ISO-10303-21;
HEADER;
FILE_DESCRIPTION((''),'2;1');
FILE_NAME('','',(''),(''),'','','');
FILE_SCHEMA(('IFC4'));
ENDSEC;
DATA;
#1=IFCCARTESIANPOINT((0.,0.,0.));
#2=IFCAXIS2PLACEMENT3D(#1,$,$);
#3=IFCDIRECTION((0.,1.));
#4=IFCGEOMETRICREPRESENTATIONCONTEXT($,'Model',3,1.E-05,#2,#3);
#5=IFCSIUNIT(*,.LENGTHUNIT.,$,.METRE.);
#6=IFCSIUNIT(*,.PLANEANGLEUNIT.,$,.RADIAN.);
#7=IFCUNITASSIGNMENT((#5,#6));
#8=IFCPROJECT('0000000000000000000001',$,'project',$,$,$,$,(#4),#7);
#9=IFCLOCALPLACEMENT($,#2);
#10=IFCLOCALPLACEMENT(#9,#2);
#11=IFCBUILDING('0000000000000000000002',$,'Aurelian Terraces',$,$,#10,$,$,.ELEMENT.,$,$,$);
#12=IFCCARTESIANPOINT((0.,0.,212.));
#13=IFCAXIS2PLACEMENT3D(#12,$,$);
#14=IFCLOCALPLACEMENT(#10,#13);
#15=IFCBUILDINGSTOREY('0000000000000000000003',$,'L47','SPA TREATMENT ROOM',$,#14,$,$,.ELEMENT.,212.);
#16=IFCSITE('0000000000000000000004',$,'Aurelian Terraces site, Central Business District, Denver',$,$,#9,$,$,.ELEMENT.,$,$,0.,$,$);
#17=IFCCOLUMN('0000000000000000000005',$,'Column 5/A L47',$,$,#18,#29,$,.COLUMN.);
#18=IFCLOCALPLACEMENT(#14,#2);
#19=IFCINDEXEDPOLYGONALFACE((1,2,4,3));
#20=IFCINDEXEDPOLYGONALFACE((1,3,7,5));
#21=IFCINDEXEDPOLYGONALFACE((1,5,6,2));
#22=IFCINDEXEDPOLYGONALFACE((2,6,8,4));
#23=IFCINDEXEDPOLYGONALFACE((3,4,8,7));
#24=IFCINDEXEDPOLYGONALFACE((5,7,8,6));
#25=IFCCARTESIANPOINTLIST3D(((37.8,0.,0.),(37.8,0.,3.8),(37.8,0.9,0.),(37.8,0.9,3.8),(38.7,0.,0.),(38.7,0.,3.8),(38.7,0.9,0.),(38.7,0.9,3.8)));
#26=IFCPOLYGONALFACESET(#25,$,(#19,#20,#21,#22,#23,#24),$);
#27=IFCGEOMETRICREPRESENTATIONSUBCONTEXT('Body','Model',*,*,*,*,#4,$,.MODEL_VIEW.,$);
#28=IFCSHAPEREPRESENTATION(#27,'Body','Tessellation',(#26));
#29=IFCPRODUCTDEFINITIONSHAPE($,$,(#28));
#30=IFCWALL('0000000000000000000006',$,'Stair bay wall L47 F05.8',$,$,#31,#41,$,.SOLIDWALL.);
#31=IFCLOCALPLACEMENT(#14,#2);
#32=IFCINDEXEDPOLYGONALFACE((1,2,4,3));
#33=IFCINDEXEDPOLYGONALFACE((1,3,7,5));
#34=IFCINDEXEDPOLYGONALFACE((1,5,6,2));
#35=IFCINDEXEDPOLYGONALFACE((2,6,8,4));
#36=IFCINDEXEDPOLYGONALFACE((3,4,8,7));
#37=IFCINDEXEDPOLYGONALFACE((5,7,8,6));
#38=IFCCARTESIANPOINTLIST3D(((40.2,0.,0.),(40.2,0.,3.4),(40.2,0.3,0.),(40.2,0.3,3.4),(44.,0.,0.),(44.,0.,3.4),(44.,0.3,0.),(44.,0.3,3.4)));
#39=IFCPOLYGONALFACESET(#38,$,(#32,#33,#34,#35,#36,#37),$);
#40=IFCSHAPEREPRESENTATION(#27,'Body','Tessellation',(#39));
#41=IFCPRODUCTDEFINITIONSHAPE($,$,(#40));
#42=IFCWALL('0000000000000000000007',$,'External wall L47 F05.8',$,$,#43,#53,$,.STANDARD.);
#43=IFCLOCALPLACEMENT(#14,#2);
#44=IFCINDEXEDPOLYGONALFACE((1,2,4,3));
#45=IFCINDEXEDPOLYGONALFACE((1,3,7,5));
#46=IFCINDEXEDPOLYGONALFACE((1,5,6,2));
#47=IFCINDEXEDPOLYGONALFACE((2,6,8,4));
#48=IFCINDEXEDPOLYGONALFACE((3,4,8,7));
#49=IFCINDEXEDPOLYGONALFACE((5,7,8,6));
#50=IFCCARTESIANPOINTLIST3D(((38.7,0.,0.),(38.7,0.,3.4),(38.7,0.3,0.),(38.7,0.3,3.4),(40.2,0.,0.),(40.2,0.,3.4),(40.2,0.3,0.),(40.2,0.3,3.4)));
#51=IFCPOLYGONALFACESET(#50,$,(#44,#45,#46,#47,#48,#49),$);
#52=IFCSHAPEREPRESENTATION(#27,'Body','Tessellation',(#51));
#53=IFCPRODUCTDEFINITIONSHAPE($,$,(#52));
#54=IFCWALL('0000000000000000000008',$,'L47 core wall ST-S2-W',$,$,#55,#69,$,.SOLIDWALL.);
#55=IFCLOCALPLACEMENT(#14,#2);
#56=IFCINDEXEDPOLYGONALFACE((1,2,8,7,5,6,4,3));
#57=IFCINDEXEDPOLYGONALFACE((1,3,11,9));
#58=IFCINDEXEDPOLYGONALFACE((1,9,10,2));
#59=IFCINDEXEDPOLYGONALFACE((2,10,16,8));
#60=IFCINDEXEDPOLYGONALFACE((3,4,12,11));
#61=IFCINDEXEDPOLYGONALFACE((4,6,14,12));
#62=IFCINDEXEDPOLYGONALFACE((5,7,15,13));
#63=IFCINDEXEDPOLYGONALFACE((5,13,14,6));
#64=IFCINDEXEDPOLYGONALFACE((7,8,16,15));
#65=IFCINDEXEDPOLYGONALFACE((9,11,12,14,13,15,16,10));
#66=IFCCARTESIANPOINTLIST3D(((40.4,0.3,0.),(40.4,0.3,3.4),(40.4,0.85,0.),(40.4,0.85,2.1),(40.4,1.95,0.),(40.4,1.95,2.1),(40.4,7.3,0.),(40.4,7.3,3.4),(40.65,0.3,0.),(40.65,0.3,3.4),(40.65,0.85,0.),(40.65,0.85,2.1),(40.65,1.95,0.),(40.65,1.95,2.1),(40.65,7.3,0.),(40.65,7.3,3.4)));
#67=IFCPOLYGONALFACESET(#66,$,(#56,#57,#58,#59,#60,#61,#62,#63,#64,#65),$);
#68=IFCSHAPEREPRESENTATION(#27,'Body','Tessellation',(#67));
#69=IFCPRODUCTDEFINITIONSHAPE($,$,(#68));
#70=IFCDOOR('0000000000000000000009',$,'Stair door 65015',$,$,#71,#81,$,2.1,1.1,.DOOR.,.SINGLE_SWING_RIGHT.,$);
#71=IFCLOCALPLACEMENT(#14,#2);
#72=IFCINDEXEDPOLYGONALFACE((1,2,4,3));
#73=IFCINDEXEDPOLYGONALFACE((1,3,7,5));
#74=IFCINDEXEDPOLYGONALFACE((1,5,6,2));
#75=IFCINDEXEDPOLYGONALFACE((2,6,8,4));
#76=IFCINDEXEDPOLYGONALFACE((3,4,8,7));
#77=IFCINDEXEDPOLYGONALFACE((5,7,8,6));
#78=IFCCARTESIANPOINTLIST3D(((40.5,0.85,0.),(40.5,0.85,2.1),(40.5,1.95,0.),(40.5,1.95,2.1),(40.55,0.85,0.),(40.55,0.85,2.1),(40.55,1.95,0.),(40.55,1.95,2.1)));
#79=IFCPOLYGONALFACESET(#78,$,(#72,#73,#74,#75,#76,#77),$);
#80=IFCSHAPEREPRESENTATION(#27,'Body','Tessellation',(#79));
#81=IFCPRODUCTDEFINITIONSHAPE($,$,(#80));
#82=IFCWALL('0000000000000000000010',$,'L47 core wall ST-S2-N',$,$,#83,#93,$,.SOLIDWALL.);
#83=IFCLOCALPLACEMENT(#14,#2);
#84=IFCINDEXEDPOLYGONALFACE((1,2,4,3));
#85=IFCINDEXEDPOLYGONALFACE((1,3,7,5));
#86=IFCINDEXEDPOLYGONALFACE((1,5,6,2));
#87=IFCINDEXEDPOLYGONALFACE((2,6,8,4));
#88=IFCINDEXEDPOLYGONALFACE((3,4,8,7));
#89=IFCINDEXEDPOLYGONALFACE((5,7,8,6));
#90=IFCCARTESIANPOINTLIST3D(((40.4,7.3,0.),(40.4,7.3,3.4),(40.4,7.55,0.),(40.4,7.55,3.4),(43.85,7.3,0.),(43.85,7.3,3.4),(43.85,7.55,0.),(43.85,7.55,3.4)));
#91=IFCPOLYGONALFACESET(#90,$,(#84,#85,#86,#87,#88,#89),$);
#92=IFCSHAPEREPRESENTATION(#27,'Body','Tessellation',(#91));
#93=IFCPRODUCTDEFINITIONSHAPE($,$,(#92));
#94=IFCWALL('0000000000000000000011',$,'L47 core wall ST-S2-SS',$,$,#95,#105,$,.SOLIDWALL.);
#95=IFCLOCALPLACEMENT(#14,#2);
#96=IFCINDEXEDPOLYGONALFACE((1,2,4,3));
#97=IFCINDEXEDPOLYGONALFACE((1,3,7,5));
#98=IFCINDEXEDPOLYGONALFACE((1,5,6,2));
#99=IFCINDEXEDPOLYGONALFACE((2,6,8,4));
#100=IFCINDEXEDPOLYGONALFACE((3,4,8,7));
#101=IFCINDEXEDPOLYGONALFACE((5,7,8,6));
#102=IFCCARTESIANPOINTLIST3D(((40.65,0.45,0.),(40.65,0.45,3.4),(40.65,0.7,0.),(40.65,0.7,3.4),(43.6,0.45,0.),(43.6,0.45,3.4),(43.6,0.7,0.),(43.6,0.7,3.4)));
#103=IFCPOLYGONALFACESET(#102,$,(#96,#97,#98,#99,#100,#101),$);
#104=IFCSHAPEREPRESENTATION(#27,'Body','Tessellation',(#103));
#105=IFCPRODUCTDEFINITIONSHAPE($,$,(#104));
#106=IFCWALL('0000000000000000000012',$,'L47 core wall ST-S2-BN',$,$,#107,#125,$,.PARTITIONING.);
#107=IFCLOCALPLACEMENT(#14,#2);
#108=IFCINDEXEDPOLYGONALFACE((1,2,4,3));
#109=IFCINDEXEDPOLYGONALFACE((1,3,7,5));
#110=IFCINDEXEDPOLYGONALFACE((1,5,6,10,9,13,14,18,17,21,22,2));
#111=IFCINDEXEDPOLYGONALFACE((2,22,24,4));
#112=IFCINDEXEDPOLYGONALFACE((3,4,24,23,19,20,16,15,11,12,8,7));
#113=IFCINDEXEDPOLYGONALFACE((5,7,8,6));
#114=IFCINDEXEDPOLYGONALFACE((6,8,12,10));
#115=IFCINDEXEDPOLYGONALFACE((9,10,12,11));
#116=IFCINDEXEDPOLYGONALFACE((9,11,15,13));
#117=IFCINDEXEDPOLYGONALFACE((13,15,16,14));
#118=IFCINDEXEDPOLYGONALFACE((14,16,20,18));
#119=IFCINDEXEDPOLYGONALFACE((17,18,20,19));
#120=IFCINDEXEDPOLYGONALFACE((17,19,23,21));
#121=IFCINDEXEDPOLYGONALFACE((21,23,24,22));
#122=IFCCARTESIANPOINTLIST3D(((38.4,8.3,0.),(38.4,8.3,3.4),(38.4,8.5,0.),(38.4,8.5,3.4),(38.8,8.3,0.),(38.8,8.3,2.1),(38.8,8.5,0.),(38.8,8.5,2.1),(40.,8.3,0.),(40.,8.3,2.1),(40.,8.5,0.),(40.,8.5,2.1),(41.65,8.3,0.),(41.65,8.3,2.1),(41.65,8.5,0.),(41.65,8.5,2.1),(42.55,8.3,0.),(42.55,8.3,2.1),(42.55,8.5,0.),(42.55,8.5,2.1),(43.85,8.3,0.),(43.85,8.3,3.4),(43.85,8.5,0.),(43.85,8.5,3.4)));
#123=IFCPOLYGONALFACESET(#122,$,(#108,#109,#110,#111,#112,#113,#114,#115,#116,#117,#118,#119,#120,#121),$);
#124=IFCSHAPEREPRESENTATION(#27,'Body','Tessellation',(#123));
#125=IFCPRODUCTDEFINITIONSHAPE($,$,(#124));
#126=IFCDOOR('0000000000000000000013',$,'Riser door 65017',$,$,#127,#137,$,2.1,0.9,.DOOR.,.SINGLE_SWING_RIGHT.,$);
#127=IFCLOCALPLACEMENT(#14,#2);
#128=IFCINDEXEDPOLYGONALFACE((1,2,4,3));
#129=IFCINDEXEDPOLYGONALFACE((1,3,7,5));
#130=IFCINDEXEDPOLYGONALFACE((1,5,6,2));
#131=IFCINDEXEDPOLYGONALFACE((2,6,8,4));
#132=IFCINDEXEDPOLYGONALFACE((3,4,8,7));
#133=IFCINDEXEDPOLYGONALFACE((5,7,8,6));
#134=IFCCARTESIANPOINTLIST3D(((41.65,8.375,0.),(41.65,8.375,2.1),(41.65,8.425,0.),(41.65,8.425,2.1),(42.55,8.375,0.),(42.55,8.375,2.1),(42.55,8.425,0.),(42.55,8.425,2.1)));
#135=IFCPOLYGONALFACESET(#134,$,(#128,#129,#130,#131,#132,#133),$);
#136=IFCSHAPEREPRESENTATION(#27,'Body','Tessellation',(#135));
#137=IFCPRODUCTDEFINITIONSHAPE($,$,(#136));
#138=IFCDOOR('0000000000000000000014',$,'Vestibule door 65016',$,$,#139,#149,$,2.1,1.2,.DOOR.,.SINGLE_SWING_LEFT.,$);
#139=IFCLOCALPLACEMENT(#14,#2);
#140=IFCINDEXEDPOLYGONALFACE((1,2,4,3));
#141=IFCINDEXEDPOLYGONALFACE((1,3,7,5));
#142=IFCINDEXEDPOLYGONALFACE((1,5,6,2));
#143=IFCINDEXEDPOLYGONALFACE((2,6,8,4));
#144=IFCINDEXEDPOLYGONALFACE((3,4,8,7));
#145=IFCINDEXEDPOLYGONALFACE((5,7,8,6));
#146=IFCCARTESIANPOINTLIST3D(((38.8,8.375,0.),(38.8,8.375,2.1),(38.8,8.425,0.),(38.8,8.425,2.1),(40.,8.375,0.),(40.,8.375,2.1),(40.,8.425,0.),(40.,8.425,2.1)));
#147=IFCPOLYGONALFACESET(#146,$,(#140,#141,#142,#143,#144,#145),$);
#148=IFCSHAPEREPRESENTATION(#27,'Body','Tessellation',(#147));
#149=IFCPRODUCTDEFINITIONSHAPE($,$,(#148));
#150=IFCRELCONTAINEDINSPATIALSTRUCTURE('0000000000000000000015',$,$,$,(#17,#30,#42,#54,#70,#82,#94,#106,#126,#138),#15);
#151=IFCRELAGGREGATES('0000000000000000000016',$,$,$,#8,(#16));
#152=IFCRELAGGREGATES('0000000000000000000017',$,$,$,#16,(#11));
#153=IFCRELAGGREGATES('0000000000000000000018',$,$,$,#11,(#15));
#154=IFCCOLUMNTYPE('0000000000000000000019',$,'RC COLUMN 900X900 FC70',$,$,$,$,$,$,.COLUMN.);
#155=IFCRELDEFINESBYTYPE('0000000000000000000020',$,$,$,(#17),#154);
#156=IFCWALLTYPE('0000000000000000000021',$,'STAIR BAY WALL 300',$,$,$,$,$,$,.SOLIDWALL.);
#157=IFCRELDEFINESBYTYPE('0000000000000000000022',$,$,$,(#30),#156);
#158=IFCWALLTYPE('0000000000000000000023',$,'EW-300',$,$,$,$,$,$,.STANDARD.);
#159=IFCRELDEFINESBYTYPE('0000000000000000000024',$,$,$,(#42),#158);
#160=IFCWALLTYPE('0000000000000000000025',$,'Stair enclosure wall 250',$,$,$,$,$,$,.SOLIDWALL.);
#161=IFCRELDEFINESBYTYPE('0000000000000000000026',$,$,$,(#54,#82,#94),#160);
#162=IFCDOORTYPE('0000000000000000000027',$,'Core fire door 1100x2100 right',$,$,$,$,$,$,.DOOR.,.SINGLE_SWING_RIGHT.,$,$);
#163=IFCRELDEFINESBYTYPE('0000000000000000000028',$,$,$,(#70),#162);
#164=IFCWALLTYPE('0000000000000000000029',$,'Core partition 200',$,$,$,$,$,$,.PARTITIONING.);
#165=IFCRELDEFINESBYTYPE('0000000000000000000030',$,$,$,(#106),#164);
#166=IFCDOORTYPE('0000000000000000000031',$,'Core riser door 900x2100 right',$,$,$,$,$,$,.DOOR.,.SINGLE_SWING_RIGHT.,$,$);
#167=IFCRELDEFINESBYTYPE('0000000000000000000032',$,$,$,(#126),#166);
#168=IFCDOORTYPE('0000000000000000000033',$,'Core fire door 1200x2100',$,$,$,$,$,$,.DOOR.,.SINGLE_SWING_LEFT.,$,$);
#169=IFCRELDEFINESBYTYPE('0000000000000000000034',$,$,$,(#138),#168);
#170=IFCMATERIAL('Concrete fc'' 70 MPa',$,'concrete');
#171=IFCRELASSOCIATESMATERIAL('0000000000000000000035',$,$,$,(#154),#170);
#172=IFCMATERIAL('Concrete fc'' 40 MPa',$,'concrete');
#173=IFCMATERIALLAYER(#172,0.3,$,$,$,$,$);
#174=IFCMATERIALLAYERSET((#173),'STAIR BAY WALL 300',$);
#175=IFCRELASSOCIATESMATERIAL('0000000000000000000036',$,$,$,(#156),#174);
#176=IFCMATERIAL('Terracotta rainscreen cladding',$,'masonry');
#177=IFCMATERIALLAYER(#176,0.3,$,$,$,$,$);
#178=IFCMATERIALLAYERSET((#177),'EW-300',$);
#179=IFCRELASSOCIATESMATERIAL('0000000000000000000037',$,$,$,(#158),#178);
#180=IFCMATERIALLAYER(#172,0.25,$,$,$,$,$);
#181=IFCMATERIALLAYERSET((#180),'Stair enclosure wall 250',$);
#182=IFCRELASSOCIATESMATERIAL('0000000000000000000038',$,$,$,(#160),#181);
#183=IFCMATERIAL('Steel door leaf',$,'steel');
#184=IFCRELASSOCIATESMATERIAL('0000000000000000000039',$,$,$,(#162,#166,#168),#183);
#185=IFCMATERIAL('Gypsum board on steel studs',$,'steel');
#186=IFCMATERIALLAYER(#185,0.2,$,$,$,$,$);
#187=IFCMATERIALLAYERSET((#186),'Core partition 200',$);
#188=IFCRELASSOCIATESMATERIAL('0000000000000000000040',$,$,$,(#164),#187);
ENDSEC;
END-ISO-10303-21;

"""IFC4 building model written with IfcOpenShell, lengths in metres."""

from ifc_helpers import new_model, si_unit, direction, frame, frame_2d, origin, origin_2d, place, context, subcontext, project, spatial, rectangle, extrude, source, transform, mapped, material, layer, layer_set, material_profile, profile_set, type_object, element, fill, save


model = new_model("IFC4")

# Units and contexts
model_context = context("Model", 3, precision=1e-05, world=origin(), true_north=direction((0.0, 1.0)))
body_context = subcontext(model_context, "Body", "Model", "MODEL_VIEW")
ifc_project = project(units=[si_unit("LENGTHUNIT", "METRE"), si_unit("PLANEANGLEUNIT", "RADIAN")], contexts=[model_context])

# Site, building, storey
site_placement = place(None, origin())
site = spatial("IfcSite", under=ifc_project, at=site_placement, Name="Aurelian Terraces site, Central Business District, Denver", CompositionType="ELEMENT", RefElevation=0.0)
building_placement = place(site_placement, origin())
building = spatial("IfcBuilding", under=site, at=building_placement, Name="Aurelian Terraces", CompositionType="ELEMENT")
storey_placement = place(building_placement, frame((0.0, 0.0, 212.0)))
storey = spatial("IfcBuildingStorey", under=building, at=storey_placement, Name="L47", Description="SPA TREATMENT ROOM", CompositionType="ELEMENT", Elevation=212.0)

# Column
ifc_material_1 = material(Name="Concrete fc' 70 MPa", Category="concrete")
ifc_material_profile = material_profile(ifc_material_1, rectangle(XDim=0.9, YDim=0.9, at=origin_2d()))
ifc_profile_set = profile_set([ifc_material_profile], Name="Concrete fc' 70 MPa")
column_type = type_object("IfcColumnType", Name="RC COLUMN 900X900 FC70", PredefinedType="COLUMN", material=ifc_profile_set)
shared_shape_1 = source(origin(), body_context, "Body", "SweptSolid", [
    extrude(rectangle(XDim=0.9, YDim=0.9, at=origin_2d()), origin(), (0.0, 0.0, 1.0), 3.8),
])
column_placement = place(storey_placement, frame((38.25, 0.45, 0.0), z_axis=(0.0, 0.0, 1.0), x_axis=(1.0, 0.0, 0.0)))
element("IfcColumn", 1, at=column_placement, inside=storey, type_object=column_type, Name="Column 5/A L47", PredefinedType="COLUMN", context=body_context, shape_type="MappedRepresentation", body=[
    mapped(shared_shape_1, transform((0.0, 0.0, 0.0), scale=1.0)),
])

# Walls
ifc_material_2 = material(Name="Concrete fc' 40 MPa", Category="concrete")
ifc_layer_1 = layer(ifc_material_2, 0.3)
ifc_layer_set_1 = layer_set([ifc_layer_1], Name="STAIR BAY WALL 300")
wall_type_1 = type_object("IfcWallType", Name="STAIR BAY WALL 300", PredefinedType="SOLIDWALL", material=ifc_layer_set_1)
shared_shape_2 = source(origin(), body_context, "Body", "SweptSolid", [
    extrude(rectangle(XDim=3.8, YDim=0.3, at=frame_2d((1.9, 0.0))), origin(), (0.0, 0.0, 1.0), 3.4),
])
wall_1_placement = place(storey_placement, frame((40.2, 0.15, 0.0), z_axis=(0.0, 0.0, 1.0), x_axis=(1.0, 0.0, 0.0)))
element("IfcWall", 2, at=wall_1_placement, inside=storey, type_object=wall_type_1, Name="Stair bay wall L47 F05.8", PredefinedType="SOLIDWALL", context=body_context, shape_type="MappedRepresentation", body=[
    mapped(shared_shape_2, transform((0.0, 0.0, 0.0), scale=1.0)),
])
ifc_material_3 = material(Name="Terracotta rainscreen cladding", Category="masonry")
ifc_layer_2 = layer(ifc_material_3, 0.3)
ifc_layer_set_2 = layer_set([ifc_layer_2], Name="EW-300")
wall_type_2 = type_object("IfcWallType", Name="EW-300", PredefinedType="STANDARD", material=ifc_layer_set_2)
shared_shape_3 = source(origin(), body_context, "Body", "SweptSolid", [
    extrude(rectangle(XDim=1.5, YDim=0.3, at=frame_2d((0.75, 0.0))), origin(), (0.0, 0.0, 1.0), 3.4),
])
wall_2_placement = place(storey_placement, frame((38.7, 0.15, 0.0), z_axis=(0.0, 0.0, 1.0), x_axis=(1.0, 0.0, 0.0)))
element("IfcWall", 3, at=wall_2_placement, inside=storey, type_object=wall_type_2, Name="External wall L47 F05.8", PredefinedType="STANDARD", context=body_context, shape_type="MappedRepresentation", body=[
    mapped(shared_shape_3, transform((0.0, 0.0, 0.0), scale=1.0)),
])

# Wall, opening, door
ifc_layer_3 = layer(ifc_material_2, 0.25)
ifc_layer_set_3 = layer_set([ifc_layer_3], Name="Stair enclosure wall 250")
wall_type_3 = type_object("IfcWallType", Name="Stair enclosure wall 250", PredefinedType="SOLIDWALL", material=ifc_layer_set_3)
shared_shape_4 = source(origin(), body_context, "Body", "SweptSolid", [
    extrude(rectangle(XDim=7.0, YDim=0.25, at=frame_2d((3.5, 0.0))), origin(), (0.0, 0.0, 1.0), 3.4),
])
wall_3_placement = place(storey_placement, frame((40.525, 0.3, 0.0), z_axis=(0.0, 0.0, 1.0), x_axis=(0.0, 1.0, 0.0)))
wall_3 = element("IfcWall", 4, at=wall_3_placement, inside=storey, type_object=wall_type_3, Name="L47 core wall ST-S2-W", PredefinedType="SOLIDWALL", context=body_context, shape_type="MappedRepresentation", body=[
    mapped(shared_shape_4, transform((0.0, 0.0, 0.0), scale=1.0)),
])
shared_shape_5 = source(origin(), body_context, "Body", "SweptSolid", [
    extrude(rectangle(XDim=1.1, YDim=2.1, at=frame_2d((0.55, 1.05))), frame((0.0, 0.135, 0.0), z_axis=(0.0, -1.0, 0.0), x_axis=(1.0, 0.0, 0.0)), (0.0, 0.0, 1.0), 0.27),
])
opening_1_placement = place(wall_3_placement, frame((0.55, 0.0, 0.0)))
opening_1 = element("IfcOpeningElement", 5, at=opening_1_placement, cuts=wall_3, PredefinedType="OPENING", context=body_context, shape_type="MappedRepresentation", body=[
    mapped(shared_shape_5, transform((0.0, 0.0, 0.0), scale=1.0)),
])
ifc_material_4 = material(Name="Steel door leaf", Category="steel")
door_type_1 = type_object("IfcDoorType", Name="Core fire door 1100x2100 right", OperationType="SINGLE_SWING_RIGHT", PredefinedType="DOOR", material=ifc_material_4)
shared_shape_6 = source(origin(), body_context, "Body", "SweptSolid", [
    extrude(rectangle(XDim=1.1, YDim=2.1, at=frame_2d((0.55, 1.05))), frame((0.0, 0.025, 0.0), z_axis=(0.0, -1.0, 0.0), x_axis=(1.0, 0.0, 0.0)), (0.0, 0.0, 1.0), 0.05),
])
door_1_placement = place(opening_1_placement, origin())
door_1 = element("IfcDoor", 6, at=door_1_placement, inside=storey, type_object=door_type_1, Name="Stair door 65015", OperationType="SINGLE_SWING_RIGHT", OverallHeight=2.1, OverallWidth=1.1, PredefinedType="DOOR", context=body_context, shape_type="MappedRepresentation", body=[
    mapped(shared_shape_6, transform((0.0, 0.0, 0.0), scale=1.0)),
])
fill(opening_1, door_1)

# Walls
shared_shape_7 = source(origin(), body_context, "Body", "SweptSolid", [
    extrude(rectangle(XDim=3.45, YDim=0.25, at=frame_2d((1.725, 0.0))), origin(), (0.0, 0.0, 1.0), 3.4),
])
wall_4_placement = place(storey_placement, frame((40.4, 7.425, 0.0), z_axis=(0.0, 0.0, 1.0), x_axis=(1.0, 0.0, 0.0)))
element("IfcWall", 7, at=wall_4_placement, inside=storey, type_object=wall_type_3, Name="L47 core wall ST-S2-N", PredefinedType="SOLIDWALL", context=body_context, shape_type="MappedRepresentation", body=[
    mapped(shared_shape_7, transform((0.0, 0.0, 0.0), scale=1.0)),
])
shared_shape_8 = source(origin(), body_context, "Body", "SweptSolid", [
    extrude(rectangle(XDim=2.95, YDim=0.25, at=frame_2d((1.475, 0.0))), origin(), (0.0, 0.0, 1.0), 3.4),
])
wall_5_placement = place(storey_placement, frame((40.65, 0.575, 0.0), z_axis=(0.0, 0.0, 1.0), x_axis=(1.0, 0.0, 0.0)))
element("IfcWall", 8, at=wall_5_placement, inside=storey, type_object=wall_type_3, Name="L47 core wall ST-S2-SS", PredefinedType="SOLIDWALL", context=body_context, shape_type="MappedRepresentation", body=[
    mapped(shared_shape_8, transform((0.0, 0.0, 0.0), scale=1.0)),
])

# Wall, openings, doors
ifc_material_5 = material(Name="Gypsum board on steel studs", Category="steel")
ifc_layer_4 = layer(ifc_material_5, 0.2)
ifc_layer_set_4 = layer_set([ifc_layer_4], Name="Core partition 200")
wall_type_4 = type_object("IfcWallType", Name="Core partition 200", PredefinedType="PARTITIONING", material=ifc_layer_set_4)
shared_shape_9 = source(origin(), body_context, "Body", "SweptSolid", [
    extrude(rectangle(XDim=5.45, YDim=0.2, at=frame_2d((2.725, 0.0))), origin(), (0.0, 0.0, 1.0), 3.4),
])
wall_6_placement = place(storey_placement, frame((38.4, 8.4, 0.0), z_axis=(0.0, 0.0, 1.0), x_axis=(1.0, 0.0, 0.0)))
wall_6 = element("IfcWall", 9, at=wall_6_placement, inside=storey, type_object=wall_type_4, Name="L47 core wall ST-S2-BN", PredefinedType="PARTITIONING", context=body_context, shape_type="MappedRepresentation", body=[
    mapped(shared_shape_9, transform((0.0, 0.0, 0.0), scale=1.0)),
])
shared_shape_10 = source(origin(), body_context, "Body", "SweptSolid", [
    extrude(rectangle(XDim=1.2, YDim=2.1, at=frame_2d((0.6, 1.05))), frame((0.0, 0.11, 0.0), z_axis=(0.0, -1.0, 0.0), x_axis=(1.0, 0.0, 0.0)), (0.0, 0.0, 1.0), 0.22),
])
opening_2_placement = place(wall_6_placement, frame((0.4, 0.0, 0.0)))
opening_2 = element("IfcOpeningElement", 10, at=opening_2_placement, cuts=wall_6, PredefinedType="OPENING", context=body_context, shape_type="MappedRepresentation", body=[
    mapped(shared_shape_10, transform((0.0, 0.0, 0.0), scale=1.0)),
])
shared_shape_11 = source(origin(), body_context, "Body", "SweptSolid", [
    extrude(rectangle(XDim=0.9, YDim=2.1, at=frame_2d((0.45, 1.05))), frame((0.0, 0.11, 0.0), z_axis=(0.0, -1.0, 0.0), x_axis=(1.0, 0.0, 0.0)), (0.0, 0.0, 1.0), 0.22),
])
opening_3_placement = place(wall_6_placement, frame((3.25, 0.0, 0.0)))
opening_3 = element("IfcOpeningElement", 11, at=opening_3_placement, cuts=wall_6, PredefinedType="OPENING", context=body_context, shape_type="MappedRepresentation", body=[
    mapped(shared_shape_11, transform((0.0, 0.0, 0.0), scale=1.0)),
])
door_type_2 = type_object("IfcDoorType", Name="Core riser door 900x2100 right", OperationType="SINGLE_SWING_RIGHT", PredefinedType="DOOR", material=ifc_material_4)
shared_shape_12 = source(origin(), body_context, "Body", "SweptSolid", [
    extrude(rectangle(XDim=0.9, YDim=2.1, at=frame_2d((0.45, 1.05))), frame((0.0, 0.025, 0.0), z_axis=(0.0, -1.0, 0.0), x_axis=(1.0, 0.0, 0.0)), (0.0, 0.0, 1.0), 0.05),
])
door_2_placement = place(opening_3_placement, origin())
door_2 = element("IfcDoor", 12, at=door_2_placement, inside=storey, type_object=door_type_2, Name="Riser door 65017", OperationType="SINGLE_SWING_RIGHT", OverallHeight=2.1, OverallWidth=0.9, PredefinedType="DOOR", context=body_context, shape_type="MappedRepresentation", body=[
    mapped(shared_shape_12, transform((0.0, 0.0, 0.0), scale=1.0)),
])
fill(opening_3, door_2)
door_type_3 = type_object("IfcDoorType", Name="Core fire door 1200x2100", OperationType="SINGLE_SWING_LEFT", PredefinedType="DOOR", material=ifc_material_4)
shared_shape_13 = source(origin(), body_context, "Body", "SweptSolid", [
    extrude(rectangle(XDim=1.2, YDim=2.1, at=frame_2d((0.6, 1.05))), frame((0.0, 0.025, 0.0), z_axis=(0.0, -1.0, 0.0), x_axis=(1.0, 0.0, 0.0)), (0.0, 0.0, 1.0), 0.05),
])
door_3_placement = place(opening_2_placement, origin())
door_3 = element("IfcDoor", 13, at=door_3_placement, inside=storey, type_object=door_type_3, Name="Vestibule door 65016", OperationType="SINGLE_SWING_LEFT", OverallHeight=2.1, OverallWidth=1.2, PredefinedType="DOOR", context=body_context, shape_type="MappedRepresentation", body=[
    mapped(shared_shape_13, transform((0.0, 0.0, 0.0), scale=1.0)),
])
fill(opening_2, door_3)

save(model, "model.ifc")
